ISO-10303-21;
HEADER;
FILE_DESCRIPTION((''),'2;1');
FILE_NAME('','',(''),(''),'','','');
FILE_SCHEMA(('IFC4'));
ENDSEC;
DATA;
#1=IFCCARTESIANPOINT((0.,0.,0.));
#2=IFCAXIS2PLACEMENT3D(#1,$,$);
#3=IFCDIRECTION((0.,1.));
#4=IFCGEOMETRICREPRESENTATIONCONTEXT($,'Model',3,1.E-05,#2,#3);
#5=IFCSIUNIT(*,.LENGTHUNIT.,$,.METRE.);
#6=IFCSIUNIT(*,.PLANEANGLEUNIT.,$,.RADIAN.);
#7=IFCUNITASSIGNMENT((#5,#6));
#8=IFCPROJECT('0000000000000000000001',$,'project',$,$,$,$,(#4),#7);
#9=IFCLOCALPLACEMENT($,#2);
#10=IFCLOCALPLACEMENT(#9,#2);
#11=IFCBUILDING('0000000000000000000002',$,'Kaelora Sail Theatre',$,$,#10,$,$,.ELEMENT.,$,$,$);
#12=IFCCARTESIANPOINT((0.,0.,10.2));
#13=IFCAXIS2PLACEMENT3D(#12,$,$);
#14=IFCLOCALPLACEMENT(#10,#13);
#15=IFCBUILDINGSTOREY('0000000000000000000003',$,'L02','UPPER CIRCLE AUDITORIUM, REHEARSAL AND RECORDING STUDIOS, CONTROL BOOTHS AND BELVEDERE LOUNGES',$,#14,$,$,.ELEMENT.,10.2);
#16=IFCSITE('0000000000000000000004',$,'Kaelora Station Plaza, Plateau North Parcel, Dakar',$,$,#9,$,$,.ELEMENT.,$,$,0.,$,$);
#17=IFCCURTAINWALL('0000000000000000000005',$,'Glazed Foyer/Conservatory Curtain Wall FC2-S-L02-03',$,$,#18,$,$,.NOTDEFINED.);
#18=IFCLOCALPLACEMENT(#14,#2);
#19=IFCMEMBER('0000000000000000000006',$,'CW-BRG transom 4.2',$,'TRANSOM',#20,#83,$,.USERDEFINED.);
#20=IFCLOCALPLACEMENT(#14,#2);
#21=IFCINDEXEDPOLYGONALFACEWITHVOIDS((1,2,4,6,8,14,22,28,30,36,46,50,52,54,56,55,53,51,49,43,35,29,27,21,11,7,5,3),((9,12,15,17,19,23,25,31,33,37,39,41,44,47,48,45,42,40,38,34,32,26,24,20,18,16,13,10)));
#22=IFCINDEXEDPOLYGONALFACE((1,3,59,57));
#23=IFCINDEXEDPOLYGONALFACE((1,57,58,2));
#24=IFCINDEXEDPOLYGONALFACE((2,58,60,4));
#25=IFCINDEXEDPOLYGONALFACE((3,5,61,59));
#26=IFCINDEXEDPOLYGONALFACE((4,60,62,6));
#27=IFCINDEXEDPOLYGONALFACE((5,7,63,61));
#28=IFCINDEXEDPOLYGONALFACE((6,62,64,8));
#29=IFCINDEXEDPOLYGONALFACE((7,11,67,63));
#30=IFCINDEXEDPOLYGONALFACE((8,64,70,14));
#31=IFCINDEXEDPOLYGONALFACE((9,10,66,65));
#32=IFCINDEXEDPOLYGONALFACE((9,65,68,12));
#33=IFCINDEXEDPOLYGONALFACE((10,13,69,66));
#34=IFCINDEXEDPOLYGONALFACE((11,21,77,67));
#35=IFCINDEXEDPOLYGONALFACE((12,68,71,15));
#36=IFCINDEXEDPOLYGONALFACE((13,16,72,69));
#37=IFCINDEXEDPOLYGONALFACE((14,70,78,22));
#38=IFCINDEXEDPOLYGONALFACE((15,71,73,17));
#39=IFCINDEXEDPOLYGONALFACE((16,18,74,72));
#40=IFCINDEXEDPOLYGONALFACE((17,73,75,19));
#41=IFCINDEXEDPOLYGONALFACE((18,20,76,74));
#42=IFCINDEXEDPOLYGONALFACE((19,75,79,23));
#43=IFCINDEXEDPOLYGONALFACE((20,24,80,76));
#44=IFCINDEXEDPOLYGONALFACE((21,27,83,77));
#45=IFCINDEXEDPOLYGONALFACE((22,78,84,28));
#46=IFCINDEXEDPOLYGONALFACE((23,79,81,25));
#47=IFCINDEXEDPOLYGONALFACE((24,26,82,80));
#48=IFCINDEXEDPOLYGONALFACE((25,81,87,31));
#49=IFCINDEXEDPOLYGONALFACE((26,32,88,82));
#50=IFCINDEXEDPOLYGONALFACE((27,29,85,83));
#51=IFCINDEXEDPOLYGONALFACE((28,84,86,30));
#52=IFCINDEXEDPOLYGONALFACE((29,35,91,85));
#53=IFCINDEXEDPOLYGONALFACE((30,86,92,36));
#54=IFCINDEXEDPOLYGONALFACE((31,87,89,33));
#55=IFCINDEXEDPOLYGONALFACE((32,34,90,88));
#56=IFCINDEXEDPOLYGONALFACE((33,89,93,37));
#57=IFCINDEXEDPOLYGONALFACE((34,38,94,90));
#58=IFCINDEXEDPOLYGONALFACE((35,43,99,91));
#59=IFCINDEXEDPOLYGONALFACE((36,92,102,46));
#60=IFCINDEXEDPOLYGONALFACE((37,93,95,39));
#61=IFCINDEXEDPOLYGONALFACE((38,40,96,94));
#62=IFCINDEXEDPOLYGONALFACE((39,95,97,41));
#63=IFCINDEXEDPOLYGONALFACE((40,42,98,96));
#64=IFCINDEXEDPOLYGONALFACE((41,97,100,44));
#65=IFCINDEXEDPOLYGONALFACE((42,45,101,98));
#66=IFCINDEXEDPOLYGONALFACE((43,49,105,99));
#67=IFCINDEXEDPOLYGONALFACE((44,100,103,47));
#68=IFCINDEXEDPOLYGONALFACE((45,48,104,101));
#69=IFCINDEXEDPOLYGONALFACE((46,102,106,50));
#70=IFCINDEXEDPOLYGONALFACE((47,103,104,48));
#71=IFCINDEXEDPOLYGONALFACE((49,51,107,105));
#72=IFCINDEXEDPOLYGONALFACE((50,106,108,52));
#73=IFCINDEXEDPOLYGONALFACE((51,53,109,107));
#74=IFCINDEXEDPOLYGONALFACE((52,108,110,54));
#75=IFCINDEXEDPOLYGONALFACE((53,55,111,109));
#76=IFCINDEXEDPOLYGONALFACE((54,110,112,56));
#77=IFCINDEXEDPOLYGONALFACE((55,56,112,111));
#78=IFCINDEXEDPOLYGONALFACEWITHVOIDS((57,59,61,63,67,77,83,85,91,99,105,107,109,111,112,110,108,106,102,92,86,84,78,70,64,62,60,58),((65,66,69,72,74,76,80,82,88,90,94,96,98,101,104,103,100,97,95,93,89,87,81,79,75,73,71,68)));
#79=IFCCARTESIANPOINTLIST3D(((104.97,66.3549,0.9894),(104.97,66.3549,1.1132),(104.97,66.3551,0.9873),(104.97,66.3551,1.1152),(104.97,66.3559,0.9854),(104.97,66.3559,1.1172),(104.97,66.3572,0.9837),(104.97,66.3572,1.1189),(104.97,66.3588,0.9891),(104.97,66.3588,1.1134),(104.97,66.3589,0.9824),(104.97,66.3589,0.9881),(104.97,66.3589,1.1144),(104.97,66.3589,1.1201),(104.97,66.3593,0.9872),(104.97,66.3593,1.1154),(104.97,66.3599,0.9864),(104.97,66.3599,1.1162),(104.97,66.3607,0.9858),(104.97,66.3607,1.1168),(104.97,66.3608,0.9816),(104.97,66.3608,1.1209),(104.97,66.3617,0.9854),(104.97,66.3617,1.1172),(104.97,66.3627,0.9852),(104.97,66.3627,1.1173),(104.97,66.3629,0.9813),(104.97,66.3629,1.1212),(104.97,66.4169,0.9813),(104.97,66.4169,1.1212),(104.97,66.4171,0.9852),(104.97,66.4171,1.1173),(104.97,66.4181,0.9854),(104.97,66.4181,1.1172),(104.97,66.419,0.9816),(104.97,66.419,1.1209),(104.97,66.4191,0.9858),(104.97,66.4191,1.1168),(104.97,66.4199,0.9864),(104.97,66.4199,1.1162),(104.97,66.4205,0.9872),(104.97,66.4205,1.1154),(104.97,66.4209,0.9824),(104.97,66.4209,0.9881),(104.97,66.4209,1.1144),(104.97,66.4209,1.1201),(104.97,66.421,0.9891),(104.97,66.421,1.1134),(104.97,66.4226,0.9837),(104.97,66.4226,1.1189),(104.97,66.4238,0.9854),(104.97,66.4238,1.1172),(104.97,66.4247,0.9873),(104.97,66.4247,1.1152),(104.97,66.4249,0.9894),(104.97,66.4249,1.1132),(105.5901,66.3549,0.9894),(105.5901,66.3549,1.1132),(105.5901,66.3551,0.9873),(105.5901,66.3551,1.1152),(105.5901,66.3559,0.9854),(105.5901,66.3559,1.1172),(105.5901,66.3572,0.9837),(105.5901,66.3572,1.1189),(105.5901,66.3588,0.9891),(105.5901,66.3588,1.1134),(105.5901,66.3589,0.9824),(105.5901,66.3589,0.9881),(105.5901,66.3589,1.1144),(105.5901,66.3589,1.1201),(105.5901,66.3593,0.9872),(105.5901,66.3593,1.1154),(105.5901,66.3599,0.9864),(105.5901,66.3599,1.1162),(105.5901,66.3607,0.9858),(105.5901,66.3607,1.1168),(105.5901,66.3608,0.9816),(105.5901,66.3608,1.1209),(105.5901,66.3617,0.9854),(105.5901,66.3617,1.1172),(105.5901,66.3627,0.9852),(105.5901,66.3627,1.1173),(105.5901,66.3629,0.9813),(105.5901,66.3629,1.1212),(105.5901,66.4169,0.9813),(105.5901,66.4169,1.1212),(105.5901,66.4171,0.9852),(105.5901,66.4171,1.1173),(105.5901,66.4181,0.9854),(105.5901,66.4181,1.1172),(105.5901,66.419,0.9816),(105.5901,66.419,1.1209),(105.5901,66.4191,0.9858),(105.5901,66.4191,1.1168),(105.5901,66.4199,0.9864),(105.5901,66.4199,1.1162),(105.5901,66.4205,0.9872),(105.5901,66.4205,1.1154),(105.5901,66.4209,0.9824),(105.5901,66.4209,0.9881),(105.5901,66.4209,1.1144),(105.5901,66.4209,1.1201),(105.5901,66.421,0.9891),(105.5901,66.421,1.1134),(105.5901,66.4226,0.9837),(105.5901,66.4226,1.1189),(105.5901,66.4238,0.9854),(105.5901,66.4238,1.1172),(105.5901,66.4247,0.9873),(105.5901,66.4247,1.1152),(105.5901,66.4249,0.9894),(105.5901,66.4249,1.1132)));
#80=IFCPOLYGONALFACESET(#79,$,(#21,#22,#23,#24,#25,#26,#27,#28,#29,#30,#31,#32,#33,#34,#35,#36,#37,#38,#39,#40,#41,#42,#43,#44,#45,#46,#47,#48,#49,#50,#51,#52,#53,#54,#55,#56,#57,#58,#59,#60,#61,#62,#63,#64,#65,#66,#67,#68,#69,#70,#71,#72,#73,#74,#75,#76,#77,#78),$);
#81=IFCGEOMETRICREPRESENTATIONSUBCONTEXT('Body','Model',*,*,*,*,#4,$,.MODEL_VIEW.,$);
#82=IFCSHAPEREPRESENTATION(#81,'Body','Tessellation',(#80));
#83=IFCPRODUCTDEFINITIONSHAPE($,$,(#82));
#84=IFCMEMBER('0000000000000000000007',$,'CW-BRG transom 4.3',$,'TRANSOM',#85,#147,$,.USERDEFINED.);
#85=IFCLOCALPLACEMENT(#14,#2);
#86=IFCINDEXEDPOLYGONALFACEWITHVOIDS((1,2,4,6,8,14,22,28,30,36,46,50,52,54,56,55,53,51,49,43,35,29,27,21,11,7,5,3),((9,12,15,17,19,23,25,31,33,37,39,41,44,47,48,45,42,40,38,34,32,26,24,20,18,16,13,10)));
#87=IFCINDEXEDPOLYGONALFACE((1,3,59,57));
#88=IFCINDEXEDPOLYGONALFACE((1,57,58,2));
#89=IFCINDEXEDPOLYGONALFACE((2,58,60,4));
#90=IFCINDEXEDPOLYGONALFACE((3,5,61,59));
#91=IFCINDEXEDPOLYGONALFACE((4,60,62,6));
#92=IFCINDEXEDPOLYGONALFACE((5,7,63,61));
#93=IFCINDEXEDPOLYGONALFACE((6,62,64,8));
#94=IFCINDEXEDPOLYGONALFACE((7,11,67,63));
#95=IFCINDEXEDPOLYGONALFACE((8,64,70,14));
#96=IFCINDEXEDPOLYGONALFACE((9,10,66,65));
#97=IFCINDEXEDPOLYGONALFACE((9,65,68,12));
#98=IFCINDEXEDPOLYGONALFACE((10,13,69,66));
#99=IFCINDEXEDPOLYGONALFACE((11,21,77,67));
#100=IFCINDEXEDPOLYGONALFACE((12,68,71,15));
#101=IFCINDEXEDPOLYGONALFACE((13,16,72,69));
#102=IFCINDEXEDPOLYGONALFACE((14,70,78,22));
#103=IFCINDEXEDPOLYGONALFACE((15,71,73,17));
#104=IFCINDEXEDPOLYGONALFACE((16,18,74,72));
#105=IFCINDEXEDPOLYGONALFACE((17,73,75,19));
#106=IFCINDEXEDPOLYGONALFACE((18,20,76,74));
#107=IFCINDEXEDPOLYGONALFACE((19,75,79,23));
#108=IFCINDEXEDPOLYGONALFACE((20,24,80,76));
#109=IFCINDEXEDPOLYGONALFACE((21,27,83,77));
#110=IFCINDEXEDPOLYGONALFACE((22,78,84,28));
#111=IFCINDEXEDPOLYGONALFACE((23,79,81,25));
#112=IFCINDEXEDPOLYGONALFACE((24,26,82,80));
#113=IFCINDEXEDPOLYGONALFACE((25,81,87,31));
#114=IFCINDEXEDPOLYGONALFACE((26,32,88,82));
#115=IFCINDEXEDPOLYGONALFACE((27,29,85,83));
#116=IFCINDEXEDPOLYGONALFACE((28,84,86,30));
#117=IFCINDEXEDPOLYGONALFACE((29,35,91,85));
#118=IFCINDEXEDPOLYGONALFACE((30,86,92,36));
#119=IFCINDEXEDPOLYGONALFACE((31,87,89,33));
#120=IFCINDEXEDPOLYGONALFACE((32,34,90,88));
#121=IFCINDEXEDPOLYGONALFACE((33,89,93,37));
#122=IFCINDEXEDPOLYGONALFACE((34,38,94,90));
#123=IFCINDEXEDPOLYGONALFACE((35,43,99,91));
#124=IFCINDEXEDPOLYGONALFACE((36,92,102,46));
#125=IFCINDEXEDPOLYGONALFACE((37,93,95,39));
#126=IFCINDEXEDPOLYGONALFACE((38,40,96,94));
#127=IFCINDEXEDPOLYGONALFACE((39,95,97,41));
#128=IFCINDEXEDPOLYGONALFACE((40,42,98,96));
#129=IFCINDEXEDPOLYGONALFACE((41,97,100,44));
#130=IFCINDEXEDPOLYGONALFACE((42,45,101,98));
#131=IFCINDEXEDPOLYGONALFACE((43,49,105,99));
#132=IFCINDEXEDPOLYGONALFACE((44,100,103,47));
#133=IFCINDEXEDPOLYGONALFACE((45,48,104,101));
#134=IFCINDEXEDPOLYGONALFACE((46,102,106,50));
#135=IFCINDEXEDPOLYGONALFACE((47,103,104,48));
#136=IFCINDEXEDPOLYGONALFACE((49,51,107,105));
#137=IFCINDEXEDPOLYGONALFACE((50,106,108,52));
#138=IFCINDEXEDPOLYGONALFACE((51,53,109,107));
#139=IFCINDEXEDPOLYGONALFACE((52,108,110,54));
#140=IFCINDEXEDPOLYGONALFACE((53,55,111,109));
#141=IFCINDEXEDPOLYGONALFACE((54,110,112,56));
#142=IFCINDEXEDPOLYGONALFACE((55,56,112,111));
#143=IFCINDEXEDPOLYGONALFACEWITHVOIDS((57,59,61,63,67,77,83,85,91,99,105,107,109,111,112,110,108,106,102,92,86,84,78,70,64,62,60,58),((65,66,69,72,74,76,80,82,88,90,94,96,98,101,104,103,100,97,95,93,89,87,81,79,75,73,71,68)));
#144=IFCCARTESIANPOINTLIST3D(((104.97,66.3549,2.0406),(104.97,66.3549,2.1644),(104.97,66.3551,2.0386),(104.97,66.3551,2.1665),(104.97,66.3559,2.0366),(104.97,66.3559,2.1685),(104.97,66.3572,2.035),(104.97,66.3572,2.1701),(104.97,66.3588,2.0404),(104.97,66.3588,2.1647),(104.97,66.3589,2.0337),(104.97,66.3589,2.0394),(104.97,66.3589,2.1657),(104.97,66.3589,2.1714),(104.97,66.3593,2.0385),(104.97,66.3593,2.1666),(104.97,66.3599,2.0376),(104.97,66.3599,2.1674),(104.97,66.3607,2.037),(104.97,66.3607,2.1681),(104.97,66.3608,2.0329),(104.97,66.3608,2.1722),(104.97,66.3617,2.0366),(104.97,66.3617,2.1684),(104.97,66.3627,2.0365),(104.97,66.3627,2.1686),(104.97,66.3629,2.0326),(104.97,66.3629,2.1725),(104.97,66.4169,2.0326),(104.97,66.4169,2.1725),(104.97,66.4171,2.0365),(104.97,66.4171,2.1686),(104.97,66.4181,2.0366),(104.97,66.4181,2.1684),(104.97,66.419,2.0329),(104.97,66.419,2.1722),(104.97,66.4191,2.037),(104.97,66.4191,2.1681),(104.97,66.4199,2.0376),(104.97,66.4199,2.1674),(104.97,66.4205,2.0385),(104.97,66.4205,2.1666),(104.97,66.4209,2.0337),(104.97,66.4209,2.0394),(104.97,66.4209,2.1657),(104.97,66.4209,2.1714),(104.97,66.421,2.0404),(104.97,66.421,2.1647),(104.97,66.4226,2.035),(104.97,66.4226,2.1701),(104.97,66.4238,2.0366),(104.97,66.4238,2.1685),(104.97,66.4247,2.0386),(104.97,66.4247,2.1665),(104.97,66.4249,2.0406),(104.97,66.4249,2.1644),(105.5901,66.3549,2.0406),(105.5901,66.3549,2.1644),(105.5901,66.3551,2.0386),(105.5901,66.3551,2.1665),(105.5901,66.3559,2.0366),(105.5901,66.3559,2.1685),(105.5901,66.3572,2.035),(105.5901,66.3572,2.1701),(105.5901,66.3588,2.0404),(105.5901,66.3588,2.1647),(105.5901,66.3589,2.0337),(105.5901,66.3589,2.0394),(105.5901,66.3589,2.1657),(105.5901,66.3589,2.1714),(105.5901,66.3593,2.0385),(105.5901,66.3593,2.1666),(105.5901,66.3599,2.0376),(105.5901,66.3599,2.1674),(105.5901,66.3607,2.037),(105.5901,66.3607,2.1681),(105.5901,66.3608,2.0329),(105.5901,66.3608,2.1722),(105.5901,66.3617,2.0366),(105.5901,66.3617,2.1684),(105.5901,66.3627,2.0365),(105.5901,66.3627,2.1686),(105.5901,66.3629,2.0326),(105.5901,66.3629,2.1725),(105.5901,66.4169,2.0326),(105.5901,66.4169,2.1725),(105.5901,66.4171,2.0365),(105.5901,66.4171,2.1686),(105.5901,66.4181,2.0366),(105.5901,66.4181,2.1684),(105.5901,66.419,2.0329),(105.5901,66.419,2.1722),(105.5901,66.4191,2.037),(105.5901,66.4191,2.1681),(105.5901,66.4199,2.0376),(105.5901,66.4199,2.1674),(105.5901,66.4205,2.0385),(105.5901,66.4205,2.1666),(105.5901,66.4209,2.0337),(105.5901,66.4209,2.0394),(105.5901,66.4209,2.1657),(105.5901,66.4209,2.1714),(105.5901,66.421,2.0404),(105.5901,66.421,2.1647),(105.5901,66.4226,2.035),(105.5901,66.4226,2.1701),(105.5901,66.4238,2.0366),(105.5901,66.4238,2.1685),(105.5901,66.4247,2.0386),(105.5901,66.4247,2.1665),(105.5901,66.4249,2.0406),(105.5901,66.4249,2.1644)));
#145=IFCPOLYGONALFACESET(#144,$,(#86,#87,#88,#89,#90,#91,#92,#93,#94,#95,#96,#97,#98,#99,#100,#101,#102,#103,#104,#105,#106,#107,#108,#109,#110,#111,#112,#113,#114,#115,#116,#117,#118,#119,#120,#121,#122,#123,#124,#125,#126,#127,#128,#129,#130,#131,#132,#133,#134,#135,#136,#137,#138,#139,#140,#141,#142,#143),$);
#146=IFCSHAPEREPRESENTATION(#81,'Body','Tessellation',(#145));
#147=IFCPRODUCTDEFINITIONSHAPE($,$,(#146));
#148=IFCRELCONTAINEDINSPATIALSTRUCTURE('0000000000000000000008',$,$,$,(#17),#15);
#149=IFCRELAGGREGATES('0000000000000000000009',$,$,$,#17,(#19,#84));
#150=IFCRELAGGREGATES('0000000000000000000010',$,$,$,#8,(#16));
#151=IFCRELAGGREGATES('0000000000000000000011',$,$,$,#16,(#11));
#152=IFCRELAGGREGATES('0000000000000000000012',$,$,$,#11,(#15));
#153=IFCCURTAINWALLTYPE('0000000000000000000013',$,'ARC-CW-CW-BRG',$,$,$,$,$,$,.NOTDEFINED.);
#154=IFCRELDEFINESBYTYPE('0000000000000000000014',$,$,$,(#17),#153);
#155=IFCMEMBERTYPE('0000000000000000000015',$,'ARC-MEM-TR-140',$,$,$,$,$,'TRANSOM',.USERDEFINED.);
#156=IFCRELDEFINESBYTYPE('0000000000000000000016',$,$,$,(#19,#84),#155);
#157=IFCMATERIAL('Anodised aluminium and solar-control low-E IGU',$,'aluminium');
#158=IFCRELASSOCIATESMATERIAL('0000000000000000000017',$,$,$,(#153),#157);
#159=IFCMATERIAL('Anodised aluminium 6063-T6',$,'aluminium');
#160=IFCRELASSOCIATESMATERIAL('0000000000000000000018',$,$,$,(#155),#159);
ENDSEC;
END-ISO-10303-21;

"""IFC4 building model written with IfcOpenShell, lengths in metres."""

from ifc_helpers import new_model, si_unit, direction, frame, origin, origin_2d, place, context, subcontext, project, spatial, hollow_rectangle, extrude, material, material_profile, profile_set, type_object, element, aggregate, save


model = new_model("IFC4")

# Units and contexts
model_context = context("Model", 3, precision=1e-05, world=origin(), true_north=direction((0.0, 1.0)))
body_context = subcontext(model_context, "Body", "Model", "MODEL_VIEW")
ifc_project = project(units=[si_unit("LENGTHUNIT", "METRE"), si_unit("PLANEANGLEUNIT", "RADIAN")], contexts=[model_context])

# Site, building, storey
site_placement = place(None, origin())
site = spatial("IfcSite", under=ifc_project, at=site_placement, Name="Kaelora Station Plaza, Plateau North Parcel, Dakar", CompositionType="ELEMENT", RefElevation=0.0)
building_placement = place(site_placement, origin())
building = spatial("IfcBuilding", under=site, at=building_placement, Name="Kaelora Sail Theatre", CompositionType="ELEMENT")
storey_placement = place(building_placement, frame((0.0, 0.0, 10.2)))
storey = spatial("IfcBuildingStorey", under=building, at=storey_placement, Name="L02", Description="UPPER CIRCLE AUDITORIUM, REHEARSAL AND RECORDING STUDIOS, CONTROL BOOTHS AND BELVEDERE LOUNGES", CompositionType="ELEMENT", Elevation=10.2)

# Curtain wall, members
ifc_material_1 = material(Name="Anodised aluminium and solar-control low-E IGU", Category="aluminium")
curtain_wall_type = type_object("IfcCurtainWallType", Name="ARC-CW-CW-BRG", PredefinedType="NOTDEFINED", material=ifc_material_1)
curtain_wall_placement = place(storey_placement, origin())
curtain_wall = element("IfcCurtainWall", 1, at=curtain_wall_placement, inside=storey, type_object=curtain_wall_type, Name="Glazed Foyer/Conservatory Curtain Wall FC2-S-L02-03", PredefinedType="NOTDEFINED")
ifc_material_2 = material(Name="Anodised aluminium 6063-T6", Category="aluminium")
ifc_material_profile_1 = material_profile(ifc_material_2, hollow_rectangle(XDim=0.0701, YDim=0.1399, WallThickness=0.0039, InnerFilletRadius=0.0039, OuterFilletRadius=0.0081, at=origin_2d()), Name="ALU-TRAN 70x140x4")
ifc_profile_set_1 = profile_set([ifc_material_profile_1], Name="Anodised aluminium 6063-T6")
member_type_1 = type_object("IfcMemberType", Name="ARC-MEM-TR-140", ElementType="TRANSOM", PredefinedType="USERDEFINED", material=ifc_profile_set_1)
member_1_placement = place(storey_placement, frame((104.97, 66.3899, 1.0513), z_axis=(1.0, 0.0, 0.0), x_axis=(0.0, 1.0, 0.0)))
member_1 = element("IfcMember", 2, at=member_1_placement, type_object=member_type_1, Name="CW-BRG transom 4.2", ObjectType="TRANSOM", PredefinedType="USERDEFINED", context=body_context, shape_type="SweptSolid", body=[
    extrude(hollow_rectangle(XDim=0.0701, YDim=0.1399, WallThickness=0.0039, InnerFilletRadius=0.0039, OuterFilletRadius=0.0081, at=origin_2d()), origin(), (0.0, 0.0, 1.0), 0.6201),
])
member_2_placement = place(storey_placement, frame((104.97, 66.3899, 2.1025), z_axis=(1.0, 0.0, 0.0), x_axis=(0.0, 1.0, 0.0)))
member_2 = element("IfcMember", 3, at=member_2_placement, type_object=member_type_1, Name="CW-BRG transom 4.3", ObjectType="TRANSOM", PredefinedType="USERDEFINED", context=body_context, shape_type="SweptSolid", body=[
    extrude(hollow_rectangle(XDim=0.0701, YDim=0.1399, WallThickness=0.0039, InnerFilletRadius=0.0039, OuterFilletRadius=0.0081, at=origin_2d()), origin(), (0.0, 0.0, 1.0), 0.6201),
])
aggregate(curtain_wall, [member_1, member_2])

save(model, "model.ifc")
